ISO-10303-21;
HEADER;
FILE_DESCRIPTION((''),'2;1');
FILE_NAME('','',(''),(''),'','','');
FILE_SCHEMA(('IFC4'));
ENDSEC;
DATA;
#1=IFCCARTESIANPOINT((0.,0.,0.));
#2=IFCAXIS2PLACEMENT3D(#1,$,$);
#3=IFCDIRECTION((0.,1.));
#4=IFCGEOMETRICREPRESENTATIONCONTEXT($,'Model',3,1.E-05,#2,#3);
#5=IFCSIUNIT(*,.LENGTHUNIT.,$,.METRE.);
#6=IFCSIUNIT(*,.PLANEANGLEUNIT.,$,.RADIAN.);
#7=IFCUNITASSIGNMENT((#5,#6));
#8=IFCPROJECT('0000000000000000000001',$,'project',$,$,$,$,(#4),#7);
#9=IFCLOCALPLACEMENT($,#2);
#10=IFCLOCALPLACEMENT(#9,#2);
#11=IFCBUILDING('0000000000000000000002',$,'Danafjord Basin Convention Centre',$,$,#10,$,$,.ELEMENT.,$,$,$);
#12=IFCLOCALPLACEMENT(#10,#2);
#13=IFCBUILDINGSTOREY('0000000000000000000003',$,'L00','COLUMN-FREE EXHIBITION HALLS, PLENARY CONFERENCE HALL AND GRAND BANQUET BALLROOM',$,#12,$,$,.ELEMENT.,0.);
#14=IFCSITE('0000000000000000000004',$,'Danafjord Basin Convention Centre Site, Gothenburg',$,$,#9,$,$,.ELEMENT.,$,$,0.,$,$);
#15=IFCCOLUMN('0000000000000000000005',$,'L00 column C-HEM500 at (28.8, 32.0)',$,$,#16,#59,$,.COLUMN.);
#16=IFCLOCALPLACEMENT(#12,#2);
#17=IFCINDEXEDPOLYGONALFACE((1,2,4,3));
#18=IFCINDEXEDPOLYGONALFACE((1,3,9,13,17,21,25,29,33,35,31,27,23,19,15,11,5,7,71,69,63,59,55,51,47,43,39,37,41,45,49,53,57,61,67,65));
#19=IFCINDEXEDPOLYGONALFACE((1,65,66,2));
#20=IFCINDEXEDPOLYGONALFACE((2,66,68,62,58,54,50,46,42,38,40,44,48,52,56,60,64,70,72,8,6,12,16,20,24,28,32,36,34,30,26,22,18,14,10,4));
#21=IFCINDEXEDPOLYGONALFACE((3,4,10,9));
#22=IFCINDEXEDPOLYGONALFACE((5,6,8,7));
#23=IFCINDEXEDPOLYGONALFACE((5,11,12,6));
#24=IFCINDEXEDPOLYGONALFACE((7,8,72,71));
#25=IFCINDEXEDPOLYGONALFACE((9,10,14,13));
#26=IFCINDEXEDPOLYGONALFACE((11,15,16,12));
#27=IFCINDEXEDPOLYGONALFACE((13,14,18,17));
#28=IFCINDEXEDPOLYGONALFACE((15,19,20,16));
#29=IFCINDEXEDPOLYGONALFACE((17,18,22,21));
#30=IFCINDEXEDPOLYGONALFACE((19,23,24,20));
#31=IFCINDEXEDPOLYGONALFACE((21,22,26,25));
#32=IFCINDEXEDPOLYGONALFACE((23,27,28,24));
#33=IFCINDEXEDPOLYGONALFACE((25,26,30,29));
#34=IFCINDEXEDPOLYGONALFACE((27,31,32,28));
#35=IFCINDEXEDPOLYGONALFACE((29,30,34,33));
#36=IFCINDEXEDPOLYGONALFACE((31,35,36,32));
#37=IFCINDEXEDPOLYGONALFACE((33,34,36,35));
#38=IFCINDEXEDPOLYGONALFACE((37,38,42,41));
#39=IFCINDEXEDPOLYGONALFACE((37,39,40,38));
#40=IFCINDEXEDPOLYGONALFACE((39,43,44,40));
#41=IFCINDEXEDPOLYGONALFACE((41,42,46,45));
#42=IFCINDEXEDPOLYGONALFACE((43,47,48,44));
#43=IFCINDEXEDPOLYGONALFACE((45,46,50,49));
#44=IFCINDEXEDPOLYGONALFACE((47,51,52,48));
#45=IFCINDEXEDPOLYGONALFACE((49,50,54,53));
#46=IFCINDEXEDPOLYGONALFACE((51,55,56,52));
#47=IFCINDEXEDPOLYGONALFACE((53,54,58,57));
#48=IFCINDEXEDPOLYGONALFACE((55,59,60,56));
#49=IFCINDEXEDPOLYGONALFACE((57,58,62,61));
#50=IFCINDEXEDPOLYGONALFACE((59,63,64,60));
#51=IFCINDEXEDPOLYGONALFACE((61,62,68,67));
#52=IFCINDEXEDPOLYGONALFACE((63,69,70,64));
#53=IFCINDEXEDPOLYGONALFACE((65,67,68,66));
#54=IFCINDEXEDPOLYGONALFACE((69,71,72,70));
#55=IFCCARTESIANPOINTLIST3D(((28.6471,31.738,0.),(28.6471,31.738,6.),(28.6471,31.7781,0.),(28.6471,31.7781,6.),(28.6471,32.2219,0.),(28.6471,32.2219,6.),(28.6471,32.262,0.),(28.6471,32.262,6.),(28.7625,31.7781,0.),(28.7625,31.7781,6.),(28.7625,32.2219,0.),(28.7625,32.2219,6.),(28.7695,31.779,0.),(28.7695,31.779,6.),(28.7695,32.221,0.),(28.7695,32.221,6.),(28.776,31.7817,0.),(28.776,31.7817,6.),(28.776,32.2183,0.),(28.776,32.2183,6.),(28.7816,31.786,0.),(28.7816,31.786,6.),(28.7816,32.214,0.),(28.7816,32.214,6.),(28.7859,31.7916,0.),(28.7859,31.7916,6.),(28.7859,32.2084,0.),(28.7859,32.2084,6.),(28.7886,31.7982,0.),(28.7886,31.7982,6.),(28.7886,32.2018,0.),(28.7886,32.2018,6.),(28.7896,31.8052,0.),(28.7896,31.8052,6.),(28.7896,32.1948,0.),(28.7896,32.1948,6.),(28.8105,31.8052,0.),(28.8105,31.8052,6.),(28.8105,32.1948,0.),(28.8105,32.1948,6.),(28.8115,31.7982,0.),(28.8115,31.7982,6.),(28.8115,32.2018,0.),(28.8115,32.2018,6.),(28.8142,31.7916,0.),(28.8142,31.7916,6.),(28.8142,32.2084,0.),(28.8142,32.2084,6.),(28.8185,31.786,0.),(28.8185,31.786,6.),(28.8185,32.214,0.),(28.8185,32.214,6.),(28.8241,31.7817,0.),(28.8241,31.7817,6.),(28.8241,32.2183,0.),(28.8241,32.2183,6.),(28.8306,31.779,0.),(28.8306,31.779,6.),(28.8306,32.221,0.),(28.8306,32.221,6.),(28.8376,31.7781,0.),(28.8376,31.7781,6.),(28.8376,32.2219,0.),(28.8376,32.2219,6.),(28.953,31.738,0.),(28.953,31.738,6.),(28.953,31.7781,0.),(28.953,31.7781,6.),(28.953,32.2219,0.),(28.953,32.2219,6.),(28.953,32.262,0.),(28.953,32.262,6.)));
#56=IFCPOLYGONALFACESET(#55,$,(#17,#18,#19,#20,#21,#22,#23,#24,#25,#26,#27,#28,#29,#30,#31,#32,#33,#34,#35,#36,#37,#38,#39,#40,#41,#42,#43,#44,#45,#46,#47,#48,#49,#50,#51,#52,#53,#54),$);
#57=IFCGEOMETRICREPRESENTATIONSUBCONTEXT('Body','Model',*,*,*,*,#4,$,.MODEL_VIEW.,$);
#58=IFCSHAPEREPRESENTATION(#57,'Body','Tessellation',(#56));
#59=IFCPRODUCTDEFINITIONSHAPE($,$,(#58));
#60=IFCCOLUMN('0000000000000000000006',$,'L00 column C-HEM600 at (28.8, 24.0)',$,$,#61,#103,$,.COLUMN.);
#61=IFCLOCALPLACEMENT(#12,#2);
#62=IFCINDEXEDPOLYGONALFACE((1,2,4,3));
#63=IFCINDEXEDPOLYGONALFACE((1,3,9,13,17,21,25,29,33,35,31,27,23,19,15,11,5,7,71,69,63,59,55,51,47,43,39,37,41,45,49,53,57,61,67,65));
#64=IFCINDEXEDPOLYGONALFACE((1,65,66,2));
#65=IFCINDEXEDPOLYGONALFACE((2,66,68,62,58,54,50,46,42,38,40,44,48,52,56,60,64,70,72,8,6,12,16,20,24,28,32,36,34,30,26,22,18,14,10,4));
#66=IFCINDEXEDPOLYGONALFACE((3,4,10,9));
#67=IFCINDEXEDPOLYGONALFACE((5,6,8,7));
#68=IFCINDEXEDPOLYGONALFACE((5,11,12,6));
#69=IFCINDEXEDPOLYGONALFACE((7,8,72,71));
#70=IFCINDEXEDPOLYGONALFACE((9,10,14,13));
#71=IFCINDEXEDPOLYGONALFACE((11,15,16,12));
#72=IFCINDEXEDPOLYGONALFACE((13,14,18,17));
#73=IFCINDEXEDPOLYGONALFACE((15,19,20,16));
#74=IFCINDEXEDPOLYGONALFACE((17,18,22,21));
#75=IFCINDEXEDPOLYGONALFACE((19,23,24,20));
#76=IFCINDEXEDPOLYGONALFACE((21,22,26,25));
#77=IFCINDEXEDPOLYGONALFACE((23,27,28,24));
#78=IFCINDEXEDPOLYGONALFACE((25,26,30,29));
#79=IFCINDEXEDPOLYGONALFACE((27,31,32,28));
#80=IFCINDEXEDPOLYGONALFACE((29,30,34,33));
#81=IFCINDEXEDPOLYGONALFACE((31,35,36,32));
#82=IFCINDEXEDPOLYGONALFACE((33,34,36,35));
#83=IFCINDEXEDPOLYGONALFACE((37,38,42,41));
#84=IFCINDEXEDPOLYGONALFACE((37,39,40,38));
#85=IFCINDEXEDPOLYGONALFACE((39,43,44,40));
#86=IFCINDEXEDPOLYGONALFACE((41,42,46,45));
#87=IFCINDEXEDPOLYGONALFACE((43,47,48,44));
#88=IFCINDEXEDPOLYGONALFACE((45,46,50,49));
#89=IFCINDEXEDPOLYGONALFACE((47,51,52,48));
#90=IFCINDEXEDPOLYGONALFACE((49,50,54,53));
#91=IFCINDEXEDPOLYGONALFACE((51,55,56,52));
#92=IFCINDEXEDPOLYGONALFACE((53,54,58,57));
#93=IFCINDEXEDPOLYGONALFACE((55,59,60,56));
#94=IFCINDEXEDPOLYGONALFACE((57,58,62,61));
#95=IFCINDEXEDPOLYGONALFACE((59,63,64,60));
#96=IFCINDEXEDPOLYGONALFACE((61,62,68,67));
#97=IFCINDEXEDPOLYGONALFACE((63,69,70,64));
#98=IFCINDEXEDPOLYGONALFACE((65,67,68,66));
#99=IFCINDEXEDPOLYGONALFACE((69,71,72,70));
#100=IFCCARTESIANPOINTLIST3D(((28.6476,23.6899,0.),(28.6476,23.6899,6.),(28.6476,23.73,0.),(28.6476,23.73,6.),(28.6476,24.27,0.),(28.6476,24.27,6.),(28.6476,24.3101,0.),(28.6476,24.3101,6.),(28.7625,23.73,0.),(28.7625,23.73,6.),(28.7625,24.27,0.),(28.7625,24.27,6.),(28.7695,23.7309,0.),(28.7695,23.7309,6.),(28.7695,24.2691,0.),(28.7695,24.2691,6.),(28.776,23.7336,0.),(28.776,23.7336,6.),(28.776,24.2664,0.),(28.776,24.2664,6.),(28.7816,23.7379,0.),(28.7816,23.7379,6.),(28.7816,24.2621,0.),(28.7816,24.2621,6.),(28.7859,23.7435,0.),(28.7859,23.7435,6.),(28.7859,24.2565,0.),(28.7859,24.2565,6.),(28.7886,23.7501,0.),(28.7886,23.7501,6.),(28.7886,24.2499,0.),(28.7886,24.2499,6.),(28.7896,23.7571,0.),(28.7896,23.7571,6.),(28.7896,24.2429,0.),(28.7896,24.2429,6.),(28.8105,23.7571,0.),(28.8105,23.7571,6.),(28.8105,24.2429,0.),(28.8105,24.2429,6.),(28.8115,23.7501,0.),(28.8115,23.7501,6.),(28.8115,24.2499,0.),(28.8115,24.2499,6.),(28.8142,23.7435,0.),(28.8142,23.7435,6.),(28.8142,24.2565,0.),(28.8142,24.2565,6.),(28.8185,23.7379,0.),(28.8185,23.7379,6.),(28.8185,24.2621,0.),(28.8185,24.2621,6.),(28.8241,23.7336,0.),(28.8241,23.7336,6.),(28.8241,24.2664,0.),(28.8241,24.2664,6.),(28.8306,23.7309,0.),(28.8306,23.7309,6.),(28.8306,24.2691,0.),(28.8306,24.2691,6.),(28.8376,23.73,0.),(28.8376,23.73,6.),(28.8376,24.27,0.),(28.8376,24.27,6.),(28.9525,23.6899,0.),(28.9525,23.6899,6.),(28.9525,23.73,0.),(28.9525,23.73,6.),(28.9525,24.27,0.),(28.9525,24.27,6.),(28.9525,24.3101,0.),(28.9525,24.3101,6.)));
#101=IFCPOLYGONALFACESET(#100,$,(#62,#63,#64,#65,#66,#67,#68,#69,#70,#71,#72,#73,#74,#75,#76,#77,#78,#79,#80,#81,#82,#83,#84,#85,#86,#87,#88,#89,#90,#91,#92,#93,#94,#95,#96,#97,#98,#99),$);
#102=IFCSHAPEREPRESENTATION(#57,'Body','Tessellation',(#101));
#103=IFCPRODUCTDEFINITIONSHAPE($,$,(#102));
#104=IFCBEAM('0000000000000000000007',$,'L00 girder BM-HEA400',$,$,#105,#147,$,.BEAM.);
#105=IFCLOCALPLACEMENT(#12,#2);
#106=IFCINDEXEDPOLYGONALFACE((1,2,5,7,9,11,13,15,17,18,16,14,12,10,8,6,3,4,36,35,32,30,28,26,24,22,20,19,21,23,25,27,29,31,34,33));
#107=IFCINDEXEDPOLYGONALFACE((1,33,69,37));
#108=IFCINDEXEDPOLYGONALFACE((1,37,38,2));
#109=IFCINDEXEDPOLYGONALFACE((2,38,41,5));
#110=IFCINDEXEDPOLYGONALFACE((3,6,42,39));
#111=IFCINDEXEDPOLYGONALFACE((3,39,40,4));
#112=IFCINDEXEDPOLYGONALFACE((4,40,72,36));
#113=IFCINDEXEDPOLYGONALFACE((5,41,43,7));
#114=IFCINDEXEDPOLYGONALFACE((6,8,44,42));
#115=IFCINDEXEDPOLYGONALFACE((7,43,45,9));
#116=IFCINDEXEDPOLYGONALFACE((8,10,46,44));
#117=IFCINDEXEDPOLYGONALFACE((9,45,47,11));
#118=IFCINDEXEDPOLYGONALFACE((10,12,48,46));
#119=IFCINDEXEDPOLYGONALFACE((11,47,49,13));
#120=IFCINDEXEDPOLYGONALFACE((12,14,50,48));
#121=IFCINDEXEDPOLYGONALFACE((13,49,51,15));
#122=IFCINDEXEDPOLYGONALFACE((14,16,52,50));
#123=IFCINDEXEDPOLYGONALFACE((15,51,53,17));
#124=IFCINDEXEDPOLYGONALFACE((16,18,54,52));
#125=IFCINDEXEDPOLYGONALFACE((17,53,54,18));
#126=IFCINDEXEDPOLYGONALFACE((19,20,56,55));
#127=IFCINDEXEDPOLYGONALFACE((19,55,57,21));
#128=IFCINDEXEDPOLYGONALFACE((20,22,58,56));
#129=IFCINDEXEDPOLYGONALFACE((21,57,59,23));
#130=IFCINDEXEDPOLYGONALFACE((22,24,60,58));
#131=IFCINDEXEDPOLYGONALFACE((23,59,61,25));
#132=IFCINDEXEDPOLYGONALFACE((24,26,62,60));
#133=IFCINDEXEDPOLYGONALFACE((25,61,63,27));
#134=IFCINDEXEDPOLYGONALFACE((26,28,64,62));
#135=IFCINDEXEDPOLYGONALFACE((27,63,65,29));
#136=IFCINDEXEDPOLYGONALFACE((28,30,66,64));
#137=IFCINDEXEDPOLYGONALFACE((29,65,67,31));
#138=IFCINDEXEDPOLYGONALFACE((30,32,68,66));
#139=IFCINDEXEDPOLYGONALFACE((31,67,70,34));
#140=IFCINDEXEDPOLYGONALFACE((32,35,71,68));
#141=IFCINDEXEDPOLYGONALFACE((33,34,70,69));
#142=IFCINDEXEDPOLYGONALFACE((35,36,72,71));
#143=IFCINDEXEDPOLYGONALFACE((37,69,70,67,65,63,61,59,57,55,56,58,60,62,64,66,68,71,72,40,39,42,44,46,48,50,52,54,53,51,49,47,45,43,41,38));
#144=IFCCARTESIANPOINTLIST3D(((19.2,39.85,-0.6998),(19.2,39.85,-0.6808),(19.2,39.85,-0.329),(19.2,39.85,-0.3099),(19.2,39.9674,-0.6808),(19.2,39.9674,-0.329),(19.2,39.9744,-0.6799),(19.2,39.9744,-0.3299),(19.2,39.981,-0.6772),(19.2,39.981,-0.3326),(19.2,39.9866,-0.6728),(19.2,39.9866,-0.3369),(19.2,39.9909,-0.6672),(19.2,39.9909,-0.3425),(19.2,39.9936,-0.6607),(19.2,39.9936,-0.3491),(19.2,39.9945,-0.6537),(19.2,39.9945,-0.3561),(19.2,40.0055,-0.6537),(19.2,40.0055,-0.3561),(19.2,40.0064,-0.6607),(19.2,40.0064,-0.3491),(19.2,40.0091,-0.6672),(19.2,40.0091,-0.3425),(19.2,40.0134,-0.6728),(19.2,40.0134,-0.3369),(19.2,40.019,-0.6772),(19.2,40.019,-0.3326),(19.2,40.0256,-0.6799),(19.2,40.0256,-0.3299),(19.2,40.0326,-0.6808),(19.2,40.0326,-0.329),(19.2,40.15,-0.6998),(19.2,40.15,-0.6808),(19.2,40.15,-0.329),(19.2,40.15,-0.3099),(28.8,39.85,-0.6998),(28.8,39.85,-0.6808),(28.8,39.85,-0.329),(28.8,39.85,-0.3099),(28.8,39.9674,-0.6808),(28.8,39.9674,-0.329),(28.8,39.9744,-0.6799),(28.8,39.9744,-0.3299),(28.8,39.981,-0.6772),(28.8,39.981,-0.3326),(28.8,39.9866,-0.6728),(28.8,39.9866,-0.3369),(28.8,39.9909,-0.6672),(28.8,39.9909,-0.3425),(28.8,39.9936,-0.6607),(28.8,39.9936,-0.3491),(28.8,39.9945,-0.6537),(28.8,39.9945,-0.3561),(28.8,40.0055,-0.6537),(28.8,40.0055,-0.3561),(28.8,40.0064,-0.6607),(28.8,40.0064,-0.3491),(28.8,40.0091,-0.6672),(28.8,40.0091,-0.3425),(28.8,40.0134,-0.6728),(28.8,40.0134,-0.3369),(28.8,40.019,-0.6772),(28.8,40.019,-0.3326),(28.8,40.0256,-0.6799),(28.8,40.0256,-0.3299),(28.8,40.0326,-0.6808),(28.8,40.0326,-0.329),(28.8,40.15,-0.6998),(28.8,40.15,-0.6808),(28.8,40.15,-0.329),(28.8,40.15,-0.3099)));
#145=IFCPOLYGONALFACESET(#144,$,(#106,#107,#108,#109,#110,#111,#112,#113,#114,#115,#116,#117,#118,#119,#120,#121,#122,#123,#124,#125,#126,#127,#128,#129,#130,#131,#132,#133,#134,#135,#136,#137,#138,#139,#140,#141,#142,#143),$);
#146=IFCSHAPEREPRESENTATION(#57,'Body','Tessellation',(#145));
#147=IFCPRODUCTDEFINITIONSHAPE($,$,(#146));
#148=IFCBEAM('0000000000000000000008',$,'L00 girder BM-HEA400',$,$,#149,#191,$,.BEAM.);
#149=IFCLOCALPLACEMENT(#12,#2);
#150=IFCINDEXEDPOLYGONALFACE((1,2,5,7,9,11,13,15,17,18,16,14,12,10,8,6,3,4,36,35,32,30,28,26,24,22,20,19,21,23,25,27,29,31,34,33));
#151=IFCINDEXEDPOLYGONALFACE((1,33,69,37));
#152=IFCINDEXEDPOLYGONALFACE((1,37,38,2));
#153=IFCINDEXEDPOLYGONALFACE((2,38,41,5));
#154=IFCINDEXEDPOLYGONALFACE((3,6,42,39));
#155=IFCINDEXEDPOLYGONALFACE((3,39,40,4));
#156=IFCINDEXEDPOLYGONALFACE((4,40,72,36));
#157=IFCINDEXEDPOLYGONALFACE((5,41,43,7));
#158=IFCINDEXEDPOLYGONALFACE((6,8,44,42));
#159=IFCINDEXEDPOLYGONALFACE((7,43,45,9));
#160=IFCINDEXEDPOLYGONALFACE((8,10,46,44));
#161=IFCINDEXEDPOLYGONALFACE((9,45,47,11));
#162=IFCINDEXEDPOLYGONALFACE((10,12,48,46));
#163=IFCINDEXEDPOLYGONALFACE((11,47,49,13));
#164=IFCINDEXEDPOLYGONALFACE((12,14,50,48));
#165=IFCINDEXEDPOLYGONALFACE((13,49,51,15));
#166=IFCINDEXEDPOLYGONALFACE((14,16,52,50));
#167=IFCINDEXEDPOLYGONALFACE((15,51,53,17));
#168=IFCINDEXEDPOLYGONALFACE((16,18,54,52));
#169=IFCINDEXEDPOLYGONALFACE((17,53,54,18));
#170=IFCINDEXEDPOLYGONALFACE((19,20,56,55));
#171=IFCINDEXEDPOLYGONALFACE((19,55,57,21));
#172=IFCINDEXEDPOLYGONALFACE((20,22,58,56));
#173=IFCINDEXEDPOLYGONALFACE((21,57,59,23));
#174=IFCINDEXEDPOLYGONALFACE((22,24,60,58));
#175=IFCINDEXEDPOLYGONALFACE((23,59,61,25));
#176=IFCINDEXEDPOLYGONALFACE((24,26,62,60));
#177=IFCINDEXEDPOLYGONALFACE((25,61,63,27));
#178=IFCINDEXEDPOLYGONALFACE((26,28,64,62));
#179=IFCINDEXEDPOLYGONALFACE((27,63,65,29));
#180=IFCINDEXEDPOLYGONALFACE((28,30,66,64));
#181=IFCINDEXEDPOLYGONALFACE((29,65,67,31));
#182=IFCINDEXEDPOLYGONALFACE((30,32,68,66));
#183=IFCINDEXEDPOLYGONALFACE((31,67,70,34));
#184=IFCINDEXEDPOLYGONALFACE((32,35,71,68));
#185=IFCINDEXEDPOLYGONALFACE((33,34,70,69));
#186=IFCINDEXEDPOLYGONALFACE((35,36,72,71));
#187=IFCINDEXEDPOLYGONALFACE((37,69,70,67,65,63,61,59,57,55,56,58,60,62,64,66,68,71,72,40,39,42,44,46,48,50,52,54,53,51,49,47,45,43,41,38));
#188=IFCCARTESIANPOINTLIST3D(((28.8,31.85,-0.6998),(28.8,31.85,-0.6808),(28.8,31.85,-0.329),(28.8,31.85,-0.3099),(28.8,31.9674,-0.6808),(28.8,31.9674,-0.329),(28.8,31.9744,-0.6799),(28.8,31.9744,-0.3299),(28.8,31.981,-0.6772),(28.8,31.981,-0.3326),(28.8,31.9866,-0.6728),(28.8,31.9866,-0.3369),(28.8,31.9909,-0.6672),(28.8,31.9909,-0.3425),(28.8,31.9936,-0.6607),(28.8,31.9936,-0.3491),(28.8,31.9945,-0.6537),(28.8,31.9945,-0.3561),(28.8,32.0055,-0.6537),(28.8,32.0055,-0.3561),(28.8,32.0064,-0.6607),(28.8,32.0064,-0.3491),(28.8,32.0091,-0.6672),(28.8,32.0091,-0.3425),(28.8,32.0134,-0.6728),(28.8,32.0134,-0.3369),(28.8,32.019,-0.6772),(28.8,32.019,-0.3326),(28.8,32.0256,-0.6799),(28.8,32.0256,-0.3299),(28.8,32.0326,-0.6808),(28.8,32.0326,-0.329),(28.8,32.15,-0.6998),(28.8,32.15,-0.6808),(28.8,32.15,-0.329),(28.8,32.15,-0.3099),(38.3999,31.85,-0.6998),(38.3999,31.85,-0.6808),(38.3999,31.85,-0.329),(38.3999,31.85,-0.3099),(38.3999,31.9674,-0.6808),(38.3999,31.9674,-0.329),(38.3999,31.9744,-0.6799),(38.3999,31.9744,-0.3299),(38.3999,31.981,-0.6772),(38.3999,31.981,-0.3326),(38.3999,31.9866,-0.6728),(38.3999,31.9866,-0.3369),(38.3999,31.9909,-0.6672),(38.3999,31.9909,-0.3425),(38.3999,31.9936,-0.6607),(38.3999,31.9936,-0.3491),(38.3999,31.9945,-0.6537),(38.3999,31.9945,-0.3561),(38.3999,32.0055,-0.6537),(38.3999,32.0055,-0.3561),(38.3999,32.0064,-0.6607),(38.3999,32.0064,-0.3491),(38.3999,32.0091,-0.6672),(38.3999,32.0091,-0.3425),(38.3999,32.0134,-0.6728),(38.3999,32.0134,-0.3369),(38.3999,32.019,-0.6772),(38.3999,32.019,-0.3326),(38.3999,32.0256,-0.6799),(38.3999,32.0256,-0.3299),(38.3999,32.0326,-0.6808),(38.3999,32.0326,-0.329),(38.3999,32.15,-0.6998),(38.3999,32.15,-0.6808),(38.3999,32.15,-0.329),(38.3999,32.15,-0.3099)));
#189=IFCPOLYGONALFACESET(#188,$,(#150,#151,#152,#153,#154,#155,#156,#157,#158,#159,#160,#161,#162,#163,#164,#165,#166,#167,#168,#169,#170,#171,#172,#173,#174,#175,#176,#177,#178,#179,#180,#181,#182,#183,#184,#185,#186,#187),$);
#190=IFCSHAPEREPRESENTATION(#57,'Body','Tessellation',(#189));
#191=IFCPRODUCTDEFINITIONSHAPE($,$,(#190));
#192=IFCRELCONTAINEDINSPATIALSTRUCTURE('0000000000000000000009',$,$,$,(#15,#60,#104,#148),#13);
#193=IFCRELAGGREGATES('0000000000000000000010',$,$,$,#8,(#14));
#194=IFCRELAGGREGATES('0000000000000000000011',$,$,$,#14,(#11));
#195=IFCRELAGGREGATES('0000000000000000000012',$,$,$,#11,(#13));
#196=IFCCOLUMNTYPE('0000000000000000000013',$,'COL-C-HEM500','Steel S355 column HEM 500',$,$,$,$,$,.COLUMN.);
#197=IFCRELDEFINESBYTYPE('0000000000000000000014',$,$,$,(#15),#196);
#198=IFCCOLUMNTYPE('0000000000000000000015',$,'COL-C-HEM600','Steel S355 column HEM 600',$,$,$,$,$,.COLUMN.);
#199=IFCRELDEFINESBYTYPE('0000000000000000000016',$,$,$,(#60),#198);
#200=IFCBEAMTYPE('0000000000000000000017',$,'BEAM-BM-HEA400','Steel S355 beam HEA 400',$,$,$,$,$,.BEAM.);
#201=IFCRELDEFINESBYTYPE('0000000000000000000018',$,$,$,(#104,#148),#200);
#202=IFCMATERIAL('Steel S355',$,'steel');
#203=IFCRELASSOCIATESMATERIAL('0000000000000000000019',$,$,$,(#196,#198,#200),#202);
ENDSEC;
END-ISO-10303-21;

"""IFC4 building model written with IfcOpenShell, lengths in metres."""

from ifc_helpers import new_model, si_unit, direction, frame, origin, origin_2d, place, context, subcontext, project, spatial, i_section, extrude, material, material_profile, profile_set, type_object, element, save


model = new_model("IFC4")

# Units and contexts
model_context = context("Model", 3, precision=1e-05, world=origin(), true_north=direction((0.0, 1.0)))
body_context = subcontext(model_context, "Body", "Model", "MODEL_VIEW")
ifc_project = project(units=[si_unit("LENGTHUNIT", "METRE"), si_unit("PLANEANGLEUNIT", "RADIAN")], contexts=[model_context])

# Site, building, storey
site_placement = place(None, origin())
site = spatial("IfcSite", under=ifc_project, at=site_placement, Name="Danafjord Basin Convention Centre Site, Gothenburg", CompositionType="ELEMENT", RefElevation=0.0)
building_placement = place(site_placement, origin())
building = spatial("IfcBuilding", under=site, at=building_placement, Name="Danafjord Basin Convention Centre", CompositionType="ELEMENT")
storey_placement = place(building_placement, origin())
storey = spatial("IfcBuildingStorey", under=building, at=storey_placement, Name="L00", Description="COLUMN-FREE EXHIBITION HALLS, PLENARY CONFERENCE HALL AND GRAND BANQUET BALLROOM", CompositionType="ELEMENT", Elevation=0.0)

# Columns
ifc_material_1 = material(Name="Steel S355", Category="steel")
ifc_material_profile_1 = material_profile(ifc_material_1, i_section(OverallWidth=0.3059, OverallDepth=0.5239, WebThickness=0.021, FlangeThickness=0.04, FilletRadius=0.0271, at=origin_2d()), Name="HEM 500")
ifc_profile_set_1 = profile_set([ifc_material_profile_1], Name="Steel S355")
column_type_1 = type_object("IfcColumnType", Name="COL-C-HEM500", Description="Steel S355 column HEM 500", PredefinedType="COLUMN", material=ifc_profile_set_1)
column_1_placement = place(storey_placement, frame((28.8, 32.0, 0.0), z_axis=(0.0, 0.0, 1.0), x_axis=(1.0, 0.0, 0.0)))
element("IfcColumn", 1, at=column_1_placement, inside=storey, type_object=column_type_1, Name="L00 column C-HEM500 at (28.8, 32.0)", PredefinedType="COLUMN", context=body_context, shape_type="SweptSolid", body=[
    extrude(i_section(OverallWidth=0.3059, OverallDepth=0.5239, WebThickness=0.021, FlangeThickness=0.04, FilletRadius=0.0271, at=origin_2d()), origin(), (0.0, 0.0, 1.0), 6.0),
])
ifc_material_profile_2 = material_profile(ifc_material_1, i_section(OverallWidth=0.3049, OverallDepth=0.6201, WebThickness=0.021, FlangeThickness=0.04, FilletRadius=0.0271, at=origin_2d()), Name="HEM 600")
ifc_profile_set_2 = profile_set([ifc_material_profile_2], Name="Steel S355")
column_type_2 = type_object("IfcColumnType", Name="COL-C-HEM600", Description="Steel S355 column HEM 600", PredefinedType="COLUMN", material=ifc_profile_set_2)
column_2_placement = place(storey_placement, frame((28.8, 24.0, 0.0), z_axis=(0.0, 0.0, 1.0), x_axis=(1.0, 0.0, 0.0)))
element("IfcColumn", 2, at=column_2_placement, inside=storey, type_object=column_type_2, Name="L00 column C-HEM600 at (28.8, 24.0)", PredefinedType="COLUMN", context=body_context, shape_type="SweptSolid", body=[
    extrude(i_section(OverallWidth=0.3049, OverallDepth=0.6201, WebThickness=0.021, FlangeThickness=0.04, FilletRadius=0.0271, at=origin_2d()), origin(), (0.0, 0.0, 1.0), 6.0),
])

# Beams
ifc_material_profile_3 = material_profile(ifc_material_1, i_section(OverallWidth=0.3, OverallDepth=0.3899, WebThickness=0.011, FlangeThickness=0.019, FilletRadius=0.0271, at=origin_2d()), Name="HEA 400")
ifc_profile_set_3 = profile_set([ifc_material_profile_3], Name="Steel S355")
beam_type_1 = type_object("IfcBeamType", Name="BEAM-BM-HEA400", Description="Steel S355 beam HEA 400", PredefinedType="BEAM", material=ifc_profile_set_3)
beam_1_placement = place(storey_placement, frame((19.2, 40.0, -0.5049), z_axis=(1.0, 0.0, 0.0), x_axis=(0.0, 1.0, 0.0)))
element("IfcBeam", 3, at=beam_1_placement, inside=storey, type_object=beam_type_1, Name="L00 girder BM-HEA400", PredefinedType="BEAM", context=body_context, shape_type="SweptSolid", body=[
    extrude(i_section(OverallWidth=0.3, OverallDepth=0.3899, WebThickness=0.011, FlangeThickness=0.019, FilletRadius=0.0271, at=origin_2d()), origin(), (0.0, 0.0, 1.0), 9.6001),
])
beam_2_placement = place(storey_placement, frame((28.8, 32.0, -0.5049), z_axis=(1.0, 0.0, 0.0), x_axis=(0.0, 1.0, 0.0)))
element("IfcBeam", 4, at=beam_2_placement, inside=storey, type_object=beam_type_1, Name="L00 girder BM-HEA400", PredefinedType="BEAM", context=body_context, shape_type="SweptSolid", body=[
    extrude(i_section(OverallWidth=0.3, OverallDepth=0.3899, WebThickness=0.011, FlangeThickness=0.019, FilletRadius=0.0271, at=origin_2d()), origin(), (0.0, 0.0, 1.0), 9.5999),
])

save(model, "model.ifc")
